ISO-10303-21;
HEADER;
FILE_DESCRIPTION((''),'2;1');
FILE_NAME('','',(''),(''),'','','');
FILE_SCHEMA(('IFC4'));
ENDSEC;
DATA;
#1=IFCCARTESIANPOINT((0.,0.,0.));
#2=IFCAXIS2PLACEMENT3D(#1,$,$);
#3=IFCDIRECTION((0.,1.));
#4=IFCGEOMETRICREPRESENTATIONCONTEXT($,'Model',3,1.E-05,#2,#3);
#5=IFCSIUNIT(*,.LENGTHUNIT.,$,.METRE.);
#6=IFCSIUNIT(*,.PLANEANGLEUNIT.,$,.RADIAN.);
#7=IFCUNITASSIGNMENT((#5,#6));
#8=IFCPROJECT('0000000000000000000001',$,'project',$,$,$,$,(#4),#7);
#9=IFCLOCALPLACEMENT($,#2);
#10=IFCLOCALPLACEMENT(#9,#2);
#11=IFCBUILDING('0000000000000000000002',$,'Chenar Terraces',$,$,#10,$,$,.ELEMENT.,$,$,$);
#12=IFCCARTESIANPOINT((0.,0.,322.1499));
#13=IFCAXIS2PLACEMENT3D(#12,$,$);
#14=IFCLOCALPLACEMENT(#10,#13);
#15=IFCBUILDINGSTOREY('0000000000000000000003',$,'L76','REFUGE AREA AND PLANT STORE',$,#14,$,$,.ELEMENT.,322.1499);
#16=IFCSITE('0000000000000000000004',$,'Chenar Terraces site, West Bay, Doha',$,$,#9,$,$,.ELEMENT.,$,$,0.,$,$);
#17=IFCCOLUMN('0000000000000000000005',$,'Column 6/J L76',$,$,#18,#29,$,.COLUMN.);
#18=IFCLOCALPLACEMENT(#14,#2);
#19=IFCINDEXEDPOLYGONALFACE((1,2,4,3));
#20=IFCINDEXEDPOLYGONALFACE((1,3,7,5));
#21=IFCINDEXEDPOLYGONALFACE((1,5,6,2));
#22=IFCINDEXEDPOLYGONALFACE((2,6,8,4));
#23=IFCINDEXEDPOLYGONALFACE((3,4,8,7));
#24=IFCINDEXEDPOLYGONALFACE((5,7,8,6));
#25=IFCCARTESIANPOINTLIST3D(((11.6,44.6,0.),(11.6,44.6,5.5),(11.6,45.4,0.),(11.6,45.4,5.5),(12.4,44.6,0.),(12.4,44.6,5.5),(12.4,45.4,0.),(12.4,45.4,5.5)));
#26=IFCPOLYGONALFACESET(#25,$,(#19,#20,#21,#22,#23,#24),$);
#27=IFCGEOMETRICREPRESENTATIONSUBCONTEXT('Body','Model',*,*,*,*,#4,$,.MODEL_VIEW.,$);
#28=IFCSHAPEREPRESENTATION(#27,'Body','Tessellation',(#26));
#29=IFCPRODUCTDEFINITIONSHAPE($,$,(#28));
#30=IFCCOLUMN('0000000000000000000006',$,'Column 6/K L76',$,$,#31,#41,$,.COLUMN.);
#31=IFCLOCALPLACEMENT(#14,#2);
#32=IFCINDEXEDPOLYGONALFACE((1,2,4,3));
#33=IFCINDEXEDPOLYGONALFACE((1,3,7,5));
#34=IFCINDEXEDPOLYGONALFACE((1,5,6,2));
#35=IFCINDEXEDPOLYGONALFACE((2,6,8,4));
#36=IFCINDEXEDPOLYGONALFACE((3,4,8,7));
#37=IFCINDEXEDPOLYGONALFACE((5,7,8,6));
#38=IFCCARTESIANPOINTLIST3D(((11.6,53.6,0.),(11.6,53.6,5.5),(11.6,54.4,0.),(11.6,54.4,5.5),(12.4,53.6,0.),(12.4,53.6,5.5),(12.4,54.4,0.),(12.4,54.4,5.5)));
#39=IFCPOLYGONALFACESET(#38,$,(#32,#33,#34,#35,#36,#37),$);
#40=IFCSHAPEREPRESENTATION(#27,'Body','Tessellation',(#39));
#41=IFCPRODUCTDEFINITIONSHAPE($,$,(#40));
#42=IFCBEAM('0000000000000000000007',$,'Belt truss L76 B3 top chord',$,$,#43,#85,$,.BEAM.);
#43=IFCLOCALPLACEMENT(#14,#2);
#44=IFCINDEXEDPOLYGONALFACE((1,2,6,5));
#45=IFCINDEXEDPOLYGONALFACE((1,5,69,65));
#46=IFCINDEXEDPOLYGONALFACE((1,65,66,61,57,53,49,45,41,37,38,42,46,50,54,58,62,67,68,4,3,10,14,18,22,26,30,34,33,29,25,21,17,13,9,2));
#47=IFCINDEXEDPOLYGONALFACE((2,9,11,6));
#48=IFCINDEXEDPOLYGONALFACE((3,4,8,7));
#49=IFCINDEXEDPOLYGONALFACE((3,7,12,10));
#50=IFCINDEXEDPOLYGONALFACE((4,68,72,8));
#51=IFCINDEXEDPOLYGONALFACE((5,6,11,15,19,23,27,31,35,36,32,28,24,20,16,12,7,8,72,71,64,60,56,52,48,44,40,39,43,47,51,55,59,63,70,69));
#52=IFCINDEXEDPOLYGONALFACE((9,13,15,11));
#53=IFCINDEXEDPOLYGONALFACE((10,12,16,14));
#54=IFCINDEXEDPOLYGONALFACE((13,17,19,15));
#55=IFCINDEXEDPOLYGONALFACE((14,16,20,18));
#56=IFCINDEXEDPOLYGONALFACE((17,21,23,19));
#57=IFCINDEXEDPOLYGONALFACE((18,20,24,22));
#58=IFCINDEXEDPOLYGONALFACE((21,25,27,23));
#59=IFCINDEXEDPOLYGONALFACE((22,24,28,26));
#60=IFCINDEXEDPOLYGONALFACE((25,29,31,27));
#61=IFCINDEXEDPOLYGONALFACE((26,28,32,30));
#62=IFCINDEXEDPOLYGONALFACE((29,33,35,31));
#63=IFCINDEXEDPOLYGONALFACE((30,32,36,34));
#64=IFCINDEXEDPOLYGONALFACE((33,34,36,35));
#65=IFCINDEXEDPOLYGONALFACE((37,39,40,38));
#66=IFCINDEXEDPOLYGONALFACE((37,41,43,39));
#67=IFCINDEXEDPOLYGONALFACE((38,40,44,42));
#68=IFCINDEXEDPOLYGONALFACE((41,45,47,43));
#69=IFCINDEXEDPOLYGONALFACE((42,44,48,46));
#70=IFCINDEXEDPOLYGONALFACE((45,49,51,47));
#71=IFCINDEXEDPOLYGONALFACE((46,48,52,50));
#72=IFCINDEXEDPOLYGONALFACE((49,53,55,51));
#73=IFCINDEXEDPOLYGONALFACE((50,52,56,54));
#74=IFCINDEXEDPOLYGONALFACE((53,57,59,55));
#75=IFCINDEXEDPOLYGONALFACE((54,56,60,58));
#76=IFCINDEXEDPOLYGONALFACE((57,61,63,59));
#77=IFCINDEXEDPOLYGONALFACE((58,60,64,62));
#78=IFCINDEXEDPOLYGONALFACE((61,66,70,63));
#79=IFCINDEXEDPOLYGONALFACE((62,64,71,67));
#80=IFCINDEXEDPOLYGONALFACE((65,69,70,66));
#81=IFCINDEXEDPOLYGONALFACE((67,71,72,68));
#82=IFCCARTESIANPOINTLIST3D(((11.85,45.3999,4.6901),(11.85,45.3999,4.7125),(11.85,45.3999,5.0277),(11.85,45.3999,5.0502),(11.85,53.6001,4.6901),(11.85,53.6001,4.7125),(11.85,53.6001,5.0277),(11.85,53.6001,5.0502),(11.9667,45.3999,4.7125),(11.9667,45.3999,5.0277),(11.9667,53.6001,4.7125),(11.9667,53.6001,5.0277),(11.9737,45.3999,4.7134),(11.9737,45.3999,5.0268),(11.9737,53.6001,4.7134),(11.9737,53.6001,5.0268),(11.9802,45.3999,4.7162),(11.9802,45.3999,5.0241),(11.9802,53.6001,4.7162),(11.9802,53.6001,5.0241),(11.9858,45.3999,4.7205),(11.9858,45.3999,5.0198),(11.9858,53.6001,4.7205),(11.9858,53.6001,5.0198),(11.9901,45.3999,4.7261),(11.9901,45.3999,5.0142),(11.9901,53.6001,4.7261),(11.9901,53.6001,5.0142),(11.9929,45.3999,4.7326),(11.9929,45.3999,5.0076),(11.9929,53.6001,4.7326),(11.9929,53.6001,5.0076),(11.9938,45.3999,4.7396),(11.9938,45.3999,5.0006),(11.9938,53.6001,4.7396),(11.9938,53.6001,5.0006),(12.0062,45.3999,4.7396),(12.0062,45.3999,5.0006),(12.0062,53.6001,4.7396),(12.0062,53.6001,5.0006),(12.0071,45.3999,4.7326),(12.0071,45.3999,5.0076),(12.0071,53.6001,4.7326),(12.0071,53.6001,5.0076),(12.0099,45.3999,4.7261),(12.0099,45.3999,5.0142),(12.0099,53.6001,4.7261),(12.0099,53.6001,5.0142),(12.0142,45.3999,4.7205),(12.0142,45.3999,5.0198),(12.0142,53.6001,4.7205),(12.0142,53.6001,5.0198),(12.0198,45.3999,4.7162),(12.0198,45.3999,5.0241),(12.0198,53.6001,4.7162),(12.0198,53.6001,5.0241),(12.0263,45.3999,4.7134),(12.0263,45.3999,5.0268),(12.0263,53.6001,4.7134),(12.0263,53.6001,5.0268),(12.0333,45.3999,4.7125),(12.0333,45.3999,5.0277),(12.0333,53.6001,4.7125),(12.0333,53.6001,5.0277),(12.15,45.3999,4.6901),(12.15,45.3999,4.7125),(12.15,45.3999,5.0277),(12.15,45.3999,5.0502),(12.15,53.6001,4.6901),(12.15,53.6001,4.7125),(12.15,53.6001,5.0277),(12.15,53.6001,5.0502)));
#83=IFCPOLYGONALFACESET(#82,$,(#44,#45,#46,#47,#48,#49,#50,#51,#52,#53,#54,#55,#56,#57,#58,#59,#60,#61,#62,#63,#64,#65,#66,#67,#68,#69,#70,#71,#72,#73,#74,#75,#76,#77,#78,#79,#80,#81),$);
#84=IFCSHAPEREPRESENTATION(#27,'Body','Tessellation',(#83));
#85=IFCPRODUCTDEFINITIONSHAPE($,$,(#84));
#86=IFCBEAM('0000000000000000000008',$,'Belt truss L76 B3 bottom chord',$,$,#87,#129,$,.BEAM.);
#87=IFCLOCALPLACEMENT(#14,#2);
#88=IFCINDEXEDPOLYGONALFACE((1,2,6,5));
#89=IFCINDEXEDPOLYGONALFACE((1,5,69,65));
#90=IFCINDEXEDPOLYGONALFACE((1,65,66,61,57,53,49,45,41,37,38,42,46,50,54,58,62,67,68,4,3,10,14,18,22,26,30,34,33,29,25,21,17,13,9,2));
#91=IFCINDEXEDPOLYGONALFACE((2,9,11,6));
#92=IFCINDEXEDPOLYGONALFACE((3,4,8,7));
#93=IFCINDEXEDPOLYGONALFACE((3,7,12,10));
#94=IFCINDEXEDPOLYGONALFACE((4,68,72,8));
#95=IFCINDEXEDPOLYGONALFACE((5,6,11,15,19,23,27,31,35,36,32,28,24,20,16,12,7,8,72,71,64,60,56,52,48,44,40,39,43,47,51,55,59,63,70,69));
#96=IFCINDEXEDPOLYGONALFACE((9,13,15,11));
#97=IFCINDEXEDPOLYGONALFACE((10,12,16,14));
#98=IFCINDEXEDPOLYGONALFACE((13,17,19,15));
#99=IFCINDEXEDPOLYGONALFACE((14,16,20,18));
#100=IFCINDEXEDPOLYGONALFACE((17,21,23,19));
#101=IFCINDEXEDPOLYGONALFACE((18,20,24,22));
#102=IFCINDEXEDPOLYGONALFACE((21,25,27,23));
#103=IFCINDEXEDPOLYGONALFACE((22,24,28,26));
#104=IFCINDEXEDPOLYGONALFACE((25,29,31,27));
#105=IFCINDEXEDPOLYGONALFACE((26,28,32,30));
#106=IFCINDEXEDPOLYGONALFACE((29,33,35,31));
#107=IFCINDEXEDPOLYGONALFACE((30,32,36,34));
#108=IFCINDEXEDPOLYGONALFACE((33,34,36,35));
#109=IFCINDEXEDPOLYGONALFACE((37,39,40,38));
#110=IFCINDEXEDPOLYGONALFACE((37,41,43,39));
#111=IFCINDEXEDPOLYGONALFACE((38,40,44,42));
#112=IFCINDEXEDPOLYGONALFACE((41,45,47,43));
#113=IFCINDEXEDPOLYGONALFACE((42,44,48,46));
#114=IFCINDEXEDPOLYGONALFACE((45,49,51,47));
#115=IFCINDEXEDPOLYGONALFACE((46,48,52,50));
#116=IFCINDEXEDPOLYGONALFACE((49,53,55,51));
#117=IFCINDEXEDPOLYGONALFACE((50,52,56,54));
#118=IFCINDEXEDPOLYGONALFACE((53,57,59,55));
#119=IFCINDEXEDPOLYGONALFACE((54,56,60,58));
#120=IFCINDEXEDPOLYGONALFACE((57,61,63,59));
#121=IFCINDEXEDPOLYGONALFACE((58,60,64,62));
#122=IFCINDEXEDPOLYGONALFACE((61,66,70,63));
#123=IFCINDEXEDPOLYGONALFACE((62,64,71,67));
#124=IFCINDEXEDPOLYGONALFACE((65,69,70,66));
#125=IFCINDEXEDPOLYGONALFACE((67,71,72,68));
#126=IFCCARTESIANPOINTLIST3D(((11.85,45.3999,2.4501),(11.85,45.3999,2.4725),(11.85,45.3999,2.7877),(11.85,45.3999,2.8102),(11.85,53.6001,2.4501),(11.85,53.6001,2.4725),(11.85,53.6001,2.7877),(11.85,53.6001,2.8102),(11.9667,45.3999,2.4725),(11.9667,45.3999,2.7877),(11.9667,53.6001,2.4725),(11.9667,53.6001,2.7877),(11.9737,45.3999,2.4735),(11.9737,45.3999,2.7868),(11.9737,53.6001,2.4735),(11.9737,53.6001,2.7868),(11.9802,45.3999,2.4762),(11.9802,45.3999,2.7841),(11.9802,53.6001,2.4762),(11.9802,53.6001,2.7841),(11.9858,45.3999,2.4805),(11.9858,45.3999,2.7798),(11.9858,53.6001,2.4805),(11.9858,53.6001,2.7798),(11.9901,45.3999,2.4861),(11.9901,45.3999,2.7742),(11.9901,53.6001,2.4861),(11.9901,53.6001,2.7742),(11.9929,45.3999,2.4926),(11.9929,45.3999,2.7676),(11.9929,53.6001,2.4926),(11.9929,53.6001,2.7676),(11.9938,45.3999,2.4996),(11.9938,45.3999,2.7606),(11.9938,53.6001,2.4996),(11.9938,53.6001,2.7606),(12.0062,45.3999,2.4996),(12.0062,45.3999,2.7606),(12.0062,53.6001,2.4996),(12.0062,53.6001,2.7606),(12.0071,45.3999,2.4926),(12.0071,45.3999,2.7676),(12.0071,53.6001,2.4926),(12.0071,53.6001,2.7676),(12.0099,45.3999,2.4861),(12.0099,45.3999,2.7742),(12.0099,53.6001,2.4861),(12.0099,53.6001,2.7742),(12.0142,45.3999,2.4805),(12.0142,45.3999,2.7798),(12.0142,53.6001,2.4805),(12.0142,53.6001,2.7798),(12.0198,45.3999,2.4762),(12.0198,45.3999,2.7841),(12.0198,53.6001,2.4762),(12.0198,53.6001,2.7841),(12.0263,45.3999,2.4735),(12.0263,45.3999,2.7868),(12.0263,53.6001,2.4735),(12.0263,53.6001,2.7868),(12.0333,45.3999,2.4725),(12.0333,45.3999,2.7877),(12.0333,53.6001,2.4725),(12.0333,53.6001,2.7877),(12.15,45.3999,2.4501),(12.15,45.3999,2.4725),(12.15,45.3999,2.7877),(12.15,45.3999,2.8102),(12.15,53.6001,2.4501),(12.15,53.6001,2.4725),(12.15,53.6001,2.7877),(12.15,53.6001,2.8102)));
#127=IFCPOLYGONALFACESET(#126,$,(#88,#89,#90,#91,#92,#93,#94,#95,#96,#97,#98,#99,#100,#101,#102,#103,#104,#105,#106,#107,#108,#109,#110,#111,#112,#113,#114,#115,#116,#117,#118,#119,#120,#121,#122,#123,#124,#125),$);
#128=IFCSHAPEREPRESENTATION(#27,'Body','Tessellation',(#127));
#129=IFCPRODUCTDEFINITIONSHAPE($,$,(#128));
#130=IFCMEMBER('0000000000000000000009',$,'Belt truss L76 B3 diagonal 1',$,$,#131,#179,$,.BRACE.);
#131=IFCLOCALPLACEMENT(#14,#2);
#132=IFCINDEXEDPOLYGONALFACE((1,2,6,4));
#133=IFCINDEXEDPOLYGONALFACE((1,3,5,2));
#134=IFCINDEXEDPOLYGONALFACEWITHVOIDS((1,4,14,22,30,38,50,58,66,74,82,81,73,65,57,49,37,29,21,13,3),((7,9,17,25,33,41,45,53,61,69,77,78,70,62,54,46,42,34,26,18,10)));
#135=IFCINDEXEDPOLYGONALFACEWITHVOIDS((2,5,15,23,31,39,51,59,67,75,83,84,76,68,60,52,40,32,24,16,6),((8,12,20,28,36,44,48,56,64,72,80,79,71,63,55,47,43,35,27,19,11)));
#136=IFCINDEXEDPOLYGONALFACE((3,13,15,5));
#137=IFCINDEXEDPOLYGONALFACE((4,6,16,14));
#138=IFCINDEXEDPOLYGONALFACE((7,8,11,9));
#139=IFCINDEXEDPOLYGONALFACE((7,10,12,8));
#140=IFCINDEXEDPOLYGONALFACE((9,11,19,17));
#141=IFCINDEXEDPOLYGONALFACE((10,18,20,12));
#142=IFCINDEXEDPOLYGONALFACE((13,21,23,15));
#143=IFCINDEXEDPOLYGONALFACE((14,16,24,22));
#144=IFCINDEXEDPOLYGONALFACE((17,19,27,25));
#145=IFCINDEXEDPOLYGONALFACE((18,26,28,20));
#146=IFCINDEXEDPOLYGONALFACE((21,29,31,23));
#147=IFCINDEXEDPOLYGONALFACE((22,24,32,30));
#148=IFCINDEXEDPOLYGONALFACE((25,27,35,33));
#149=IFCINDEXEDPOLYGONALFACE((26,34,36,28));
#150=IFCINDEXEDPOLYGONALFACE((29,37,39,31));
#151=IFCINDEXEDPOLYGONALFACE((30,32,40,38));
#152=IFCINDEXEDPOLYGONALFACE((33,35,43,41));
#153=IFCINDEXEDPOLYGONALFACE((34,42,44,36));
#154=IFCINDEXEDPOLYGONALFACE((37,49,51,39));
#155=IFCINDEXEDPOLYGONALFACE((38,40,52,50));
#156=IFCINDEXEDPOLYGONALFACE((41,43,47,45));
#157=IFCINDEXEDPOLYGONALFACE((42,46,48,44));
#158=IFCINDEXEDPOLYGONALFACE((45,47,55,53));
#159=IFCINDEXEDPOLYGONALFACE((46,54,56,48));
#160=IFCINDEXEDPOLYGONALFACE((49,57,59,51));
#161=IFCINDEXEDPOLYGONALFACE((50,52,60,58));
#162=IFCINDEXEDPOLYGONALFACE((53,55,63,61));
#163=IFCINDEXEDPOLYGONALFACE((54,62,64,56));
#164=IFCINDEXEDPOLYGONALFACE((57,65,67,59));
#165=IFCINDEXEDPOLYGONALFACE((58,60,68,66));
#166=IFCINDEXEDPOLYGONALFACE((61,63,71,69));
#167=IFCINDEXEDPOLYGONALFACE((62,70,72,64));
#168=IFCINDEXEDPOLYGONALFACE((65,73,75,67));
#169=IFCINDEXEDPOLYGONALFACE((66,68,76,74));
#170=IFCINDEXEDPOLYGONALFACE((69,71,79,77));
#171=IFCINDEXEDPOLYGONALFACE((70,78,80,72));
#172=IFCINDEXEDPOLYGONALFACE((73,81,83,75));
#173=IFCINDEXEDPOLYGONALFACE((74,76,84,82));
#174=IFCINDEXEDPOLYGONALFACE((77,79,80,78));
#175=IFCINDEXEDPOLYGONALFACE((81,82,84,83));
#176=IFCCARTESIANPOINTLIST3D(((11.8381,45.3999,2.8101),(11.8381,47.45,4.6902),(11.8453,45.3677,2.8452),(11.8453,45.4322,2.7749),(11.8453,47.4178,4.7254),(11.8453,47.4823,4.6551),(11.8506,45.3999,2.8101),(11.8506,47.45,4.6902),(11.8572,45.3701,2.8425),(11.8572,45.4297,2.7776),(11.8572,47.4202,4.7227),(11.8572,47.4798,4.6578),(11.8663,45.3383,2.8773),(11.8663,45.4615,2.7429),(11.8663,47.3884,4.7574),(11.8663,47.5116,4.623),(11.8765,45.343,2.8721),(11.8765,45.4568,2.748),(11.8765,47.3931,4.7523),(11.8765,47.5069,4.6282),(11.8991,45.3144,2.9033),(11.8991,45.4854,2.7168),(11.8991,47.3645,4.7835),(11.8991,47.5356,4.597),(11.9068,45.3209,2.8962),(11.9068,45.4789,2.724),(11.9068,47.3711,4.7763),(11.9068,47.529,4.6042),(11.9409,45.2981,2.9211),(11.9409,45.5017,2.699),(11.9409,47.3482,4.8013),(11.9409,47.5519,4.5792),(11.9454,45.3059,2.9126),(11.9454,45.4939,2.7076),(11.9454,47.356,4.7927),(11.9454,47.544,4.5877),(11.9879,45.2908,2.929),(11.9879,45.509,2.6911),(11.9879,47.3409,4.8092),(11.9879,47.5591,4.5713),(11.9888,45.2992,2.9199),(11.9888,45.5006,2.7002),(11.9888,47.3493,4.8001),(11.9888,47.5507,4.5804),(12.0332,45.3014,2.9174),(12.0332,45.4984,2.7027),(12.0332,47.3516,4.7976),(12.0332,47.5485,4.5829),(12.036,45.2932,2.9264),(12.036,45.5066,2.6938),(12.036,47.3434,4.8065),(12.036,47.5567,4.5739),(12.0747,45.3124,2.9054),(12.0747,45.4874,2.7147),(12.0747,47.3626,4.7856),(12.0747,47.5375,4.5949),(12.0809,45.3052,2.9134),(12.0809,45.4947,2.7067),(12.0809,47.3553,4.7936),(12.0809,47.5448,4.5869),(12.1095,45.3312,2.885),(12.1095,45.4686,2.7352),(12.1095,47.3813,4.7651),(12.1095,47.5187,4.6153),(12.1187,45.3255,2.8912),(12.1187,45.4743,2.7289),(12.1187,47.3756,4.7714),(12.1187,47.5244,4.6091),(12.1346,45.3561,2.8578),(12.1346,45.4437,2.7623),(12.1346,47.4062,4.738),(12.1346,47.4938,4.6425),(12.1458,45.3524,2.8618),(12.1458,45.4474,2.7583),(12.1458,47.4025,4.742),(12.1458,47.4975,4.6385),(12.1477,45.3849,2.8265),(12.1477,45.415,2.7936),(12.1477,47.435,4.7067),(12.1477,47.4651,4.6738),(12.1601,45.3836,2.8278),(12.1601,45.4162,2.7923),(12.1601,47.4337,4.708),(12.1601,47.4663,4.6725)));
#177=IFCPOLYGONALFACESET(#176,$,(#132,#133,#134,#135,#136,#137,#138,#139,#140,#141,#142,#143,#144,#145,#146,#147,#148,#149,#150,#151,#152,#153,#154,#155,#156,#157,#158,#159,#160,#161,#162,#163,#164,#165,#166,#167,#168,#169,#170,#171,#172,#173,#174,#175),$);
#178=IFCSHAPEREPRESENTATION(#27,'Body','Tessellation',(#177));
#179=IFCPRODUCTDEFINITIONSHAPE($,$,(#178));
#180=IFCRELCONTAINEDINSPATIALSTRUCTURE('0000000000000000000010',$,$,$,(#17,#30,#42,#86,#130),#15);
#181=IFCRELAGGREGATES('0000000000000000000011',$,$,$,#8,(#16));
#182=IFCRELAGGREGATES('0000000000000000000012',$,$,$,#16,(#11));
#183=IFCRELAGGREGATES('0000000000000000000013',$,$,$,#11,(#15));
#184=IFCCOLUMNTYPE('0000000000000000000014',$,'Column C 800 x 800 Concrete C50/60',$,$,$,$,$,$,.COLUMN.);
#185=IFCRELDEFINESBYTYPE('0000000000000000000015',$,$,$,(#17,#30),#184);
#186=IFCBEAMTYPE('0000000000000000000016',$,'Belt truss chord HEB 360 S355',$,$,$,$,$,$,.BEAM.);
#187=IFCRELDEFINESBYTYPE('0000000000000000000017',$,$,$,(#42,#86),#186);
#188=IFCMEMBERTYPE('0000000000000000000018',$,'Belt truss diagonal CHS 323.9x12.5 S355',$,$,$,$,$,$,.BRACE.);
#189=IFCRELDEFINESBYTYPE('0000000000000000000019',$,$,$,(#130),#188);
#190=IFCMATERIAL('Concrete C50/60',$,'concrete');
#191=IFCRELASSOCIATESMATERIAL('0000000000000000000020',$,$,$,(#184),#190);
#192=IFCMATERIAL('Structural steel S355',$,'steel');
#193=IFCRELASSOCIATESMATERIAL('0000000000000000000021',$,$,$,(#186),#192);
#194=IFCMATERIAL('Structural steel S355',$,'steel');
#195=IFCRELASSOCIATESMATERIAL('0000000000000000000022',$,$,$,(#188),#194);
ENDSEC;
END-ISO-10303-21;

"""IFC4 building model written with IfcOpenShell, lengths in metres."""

from ifc_helpers import new_model, si_unit, direction, frame, origin, origin_2d, place, context, subcontext, project, spatial, rectangle, hollow_circle, i_section, extrude, material, material_profile, profile_set, type_object, element, save


model = new_model("IFC4")

# Units and contexts
model_context = context("Model", 3, precision=1e-05, world=origin(), true_north=direction((0.0, 1.0)))
body_context = subcontext(model_context, "Body", "Model", "MODEL_VIEW")
ifc_project = project(units=[si_unit("LENGTHUNIT", "METRE"), si_unit("PLANEANGLEUNIT", "RADIAN")], contexts=[model_context])

# Site, building, storey
site_placement = place(None, origin())
site = spatial("IfcSite", under=ifc_project, at=site_placement, Name="Chenar Terraces site, West Bay, Doha", CompositionType="ELEMENT", RefElevation=0.0)
building_placement = place(site_placement, origin())
building = spatial("IfcBuilding", under=site, at=building_placement, Name="Chenar Terraces", CompositionType="ELEMENT")
storey_placement = place(building_placement, frame((0.0, 0.0, 322.1499)))
storey = spatial("IfcBuildingStorey", under=building, at=storey_placement, Name="L76", Description="REFUGE AREA AND PLANT STORE", CompositionType="ELEMENT", Elevation=322.1499)

# Columns
ifc_material_1 = material(Name="Concrete C50/60", Category="concrete")
ifc_material_profile_1 = material_profile(ifc_material_1, rectangle(XDim=0.8, YDim=0.8, at=origin_2d()), Name="C 800 x 800")
ifc_profile_set_1 = profile_set([ifc_material_profile_1], Name="Concrete C50/60")
column_type = type_object("IfcColumnType", Name="Column C 800 x 800 Concrete C50/60", PredefinedType="COLUMN", material=ifc_profile_set_1)
for number, where, z_axis, x_axis, name in (
    (1, (12.0, 45.0, 0.0), (0.0, 0.0, 1.0), (1.0, 0.0, 0.0), "Column 6/J L76"),
    (2, (12.0, 54.0, 0.0), (0.0, 0.0, 1.0), (1.0, 0.0, 0.0), "Column 6/K L76"),
):
    element("IfcColumn", number, at=place(storey_placement, frame(where, z_axis=z_axis, x_axis=x_axis)), inside=storey, type_object=column_type, Name=name, PredefinedType="COLUMN", context=body_context, shape_type="SweptSolid", body=[
        extrude(rectangle(XDim=0.8, YDim=0.8, at=origin_2d()), origin(), (0.0, 0.0, 1.0), 5.5),
    ])

# Beams
ifc_material_2 = material(Name="Structural steel S355", Category="steel")
ifc_material_profile_2 = material_profile(ifc_material_2, i_section(OverallWidth=0.3, OverallDepth=0.3601, WebThickness=0.0125, FlangeThickness=0.0225, FilletRadius=0.0271, at=origin_2d()), Name="HEB 360")
ifc_profile_set_2 = profile_set([ifc_material_profile_2], Name="Structural steel S355")
beam_type = type_object("IfcBeamType", Name="Belt truss chord HEB 360 S355", PredefinedType="BEAM", material=ifc_profile_set_2)
for number, where, z_axis, x_axis, name in (
    (3, (12.0, 45.3999, 4.8701), (0.0, 1.0, 0.0), (-1.0, 0.0, 0.0), "Belt truss L76 B3 top chord"),
    (4, (12.0, 45.3999, 2.6301), (0.0, 1.0, 0.0), (-1.0, 0.0, 0.0), "Belt truss L76 B3 bottom chord"),
):
    element("IfcBeam", number, at=place(storey_placement, frame(where, z_axis=z_axis, x_axis=x_axis)), inside=storey, type_object=beam_type, Name=name, PredefinedType="BEAM", context=body_context, shape_type="SweptSolid", body=[
        extrude(i_section(OverallWidth=0.3, OverallDepth=0.3601, WebThickness=0.0125, FlangeThickness=0.0225, FilletRadius=0.0271, at=origin_2d()), origin(), (0.0, 0.0, 1.0), 8.2002),
    ])

# Member
ifc_material_3 = material(Name="Structural steel S355", Category="steel")
ifc_material_profile_3 = material_profile(ifc_material_3, hollow_circle(Radius=0.1619, WallThickness=0.0125, at=origin_2d()), Name="CHS 323.9x12.5")
ifc_profile_set_3 = profile_set([ifc_material_profile_3], Name="Structural steel S355")
member_type = type_object("IfcMemberType", Name="Belt truss diagonal CHS 323.9x12.5 S355", PredefinedType="BRACE", material=ifc_profile_set_3)
for number, where, z_axis, x_axis, name in (
    (5, (12.0, 45.3999, 2.8101), (0.0, 0.73699, 0.675903), (-1.0, 0.0, 0.0), "Belt truss L76 B3 diagonal 1"),
):
    element("IfcMember", number, at=place(storey_placement, frame(where, z_axis=z_axis, x_axis=x_axis)), inside=storey, type_object=member_type, Name=name, PredefinedType="BRACE", context=body_context, shape_type="SweptSolid", body=[
        extrude(hollow_circle(Radius=0.1619, WallThickness=0.0125, at=origin_2d()), origin(), (0.0, 0.0, 1.0), 2.7817),
    ])

save(model, "model.ifc")
